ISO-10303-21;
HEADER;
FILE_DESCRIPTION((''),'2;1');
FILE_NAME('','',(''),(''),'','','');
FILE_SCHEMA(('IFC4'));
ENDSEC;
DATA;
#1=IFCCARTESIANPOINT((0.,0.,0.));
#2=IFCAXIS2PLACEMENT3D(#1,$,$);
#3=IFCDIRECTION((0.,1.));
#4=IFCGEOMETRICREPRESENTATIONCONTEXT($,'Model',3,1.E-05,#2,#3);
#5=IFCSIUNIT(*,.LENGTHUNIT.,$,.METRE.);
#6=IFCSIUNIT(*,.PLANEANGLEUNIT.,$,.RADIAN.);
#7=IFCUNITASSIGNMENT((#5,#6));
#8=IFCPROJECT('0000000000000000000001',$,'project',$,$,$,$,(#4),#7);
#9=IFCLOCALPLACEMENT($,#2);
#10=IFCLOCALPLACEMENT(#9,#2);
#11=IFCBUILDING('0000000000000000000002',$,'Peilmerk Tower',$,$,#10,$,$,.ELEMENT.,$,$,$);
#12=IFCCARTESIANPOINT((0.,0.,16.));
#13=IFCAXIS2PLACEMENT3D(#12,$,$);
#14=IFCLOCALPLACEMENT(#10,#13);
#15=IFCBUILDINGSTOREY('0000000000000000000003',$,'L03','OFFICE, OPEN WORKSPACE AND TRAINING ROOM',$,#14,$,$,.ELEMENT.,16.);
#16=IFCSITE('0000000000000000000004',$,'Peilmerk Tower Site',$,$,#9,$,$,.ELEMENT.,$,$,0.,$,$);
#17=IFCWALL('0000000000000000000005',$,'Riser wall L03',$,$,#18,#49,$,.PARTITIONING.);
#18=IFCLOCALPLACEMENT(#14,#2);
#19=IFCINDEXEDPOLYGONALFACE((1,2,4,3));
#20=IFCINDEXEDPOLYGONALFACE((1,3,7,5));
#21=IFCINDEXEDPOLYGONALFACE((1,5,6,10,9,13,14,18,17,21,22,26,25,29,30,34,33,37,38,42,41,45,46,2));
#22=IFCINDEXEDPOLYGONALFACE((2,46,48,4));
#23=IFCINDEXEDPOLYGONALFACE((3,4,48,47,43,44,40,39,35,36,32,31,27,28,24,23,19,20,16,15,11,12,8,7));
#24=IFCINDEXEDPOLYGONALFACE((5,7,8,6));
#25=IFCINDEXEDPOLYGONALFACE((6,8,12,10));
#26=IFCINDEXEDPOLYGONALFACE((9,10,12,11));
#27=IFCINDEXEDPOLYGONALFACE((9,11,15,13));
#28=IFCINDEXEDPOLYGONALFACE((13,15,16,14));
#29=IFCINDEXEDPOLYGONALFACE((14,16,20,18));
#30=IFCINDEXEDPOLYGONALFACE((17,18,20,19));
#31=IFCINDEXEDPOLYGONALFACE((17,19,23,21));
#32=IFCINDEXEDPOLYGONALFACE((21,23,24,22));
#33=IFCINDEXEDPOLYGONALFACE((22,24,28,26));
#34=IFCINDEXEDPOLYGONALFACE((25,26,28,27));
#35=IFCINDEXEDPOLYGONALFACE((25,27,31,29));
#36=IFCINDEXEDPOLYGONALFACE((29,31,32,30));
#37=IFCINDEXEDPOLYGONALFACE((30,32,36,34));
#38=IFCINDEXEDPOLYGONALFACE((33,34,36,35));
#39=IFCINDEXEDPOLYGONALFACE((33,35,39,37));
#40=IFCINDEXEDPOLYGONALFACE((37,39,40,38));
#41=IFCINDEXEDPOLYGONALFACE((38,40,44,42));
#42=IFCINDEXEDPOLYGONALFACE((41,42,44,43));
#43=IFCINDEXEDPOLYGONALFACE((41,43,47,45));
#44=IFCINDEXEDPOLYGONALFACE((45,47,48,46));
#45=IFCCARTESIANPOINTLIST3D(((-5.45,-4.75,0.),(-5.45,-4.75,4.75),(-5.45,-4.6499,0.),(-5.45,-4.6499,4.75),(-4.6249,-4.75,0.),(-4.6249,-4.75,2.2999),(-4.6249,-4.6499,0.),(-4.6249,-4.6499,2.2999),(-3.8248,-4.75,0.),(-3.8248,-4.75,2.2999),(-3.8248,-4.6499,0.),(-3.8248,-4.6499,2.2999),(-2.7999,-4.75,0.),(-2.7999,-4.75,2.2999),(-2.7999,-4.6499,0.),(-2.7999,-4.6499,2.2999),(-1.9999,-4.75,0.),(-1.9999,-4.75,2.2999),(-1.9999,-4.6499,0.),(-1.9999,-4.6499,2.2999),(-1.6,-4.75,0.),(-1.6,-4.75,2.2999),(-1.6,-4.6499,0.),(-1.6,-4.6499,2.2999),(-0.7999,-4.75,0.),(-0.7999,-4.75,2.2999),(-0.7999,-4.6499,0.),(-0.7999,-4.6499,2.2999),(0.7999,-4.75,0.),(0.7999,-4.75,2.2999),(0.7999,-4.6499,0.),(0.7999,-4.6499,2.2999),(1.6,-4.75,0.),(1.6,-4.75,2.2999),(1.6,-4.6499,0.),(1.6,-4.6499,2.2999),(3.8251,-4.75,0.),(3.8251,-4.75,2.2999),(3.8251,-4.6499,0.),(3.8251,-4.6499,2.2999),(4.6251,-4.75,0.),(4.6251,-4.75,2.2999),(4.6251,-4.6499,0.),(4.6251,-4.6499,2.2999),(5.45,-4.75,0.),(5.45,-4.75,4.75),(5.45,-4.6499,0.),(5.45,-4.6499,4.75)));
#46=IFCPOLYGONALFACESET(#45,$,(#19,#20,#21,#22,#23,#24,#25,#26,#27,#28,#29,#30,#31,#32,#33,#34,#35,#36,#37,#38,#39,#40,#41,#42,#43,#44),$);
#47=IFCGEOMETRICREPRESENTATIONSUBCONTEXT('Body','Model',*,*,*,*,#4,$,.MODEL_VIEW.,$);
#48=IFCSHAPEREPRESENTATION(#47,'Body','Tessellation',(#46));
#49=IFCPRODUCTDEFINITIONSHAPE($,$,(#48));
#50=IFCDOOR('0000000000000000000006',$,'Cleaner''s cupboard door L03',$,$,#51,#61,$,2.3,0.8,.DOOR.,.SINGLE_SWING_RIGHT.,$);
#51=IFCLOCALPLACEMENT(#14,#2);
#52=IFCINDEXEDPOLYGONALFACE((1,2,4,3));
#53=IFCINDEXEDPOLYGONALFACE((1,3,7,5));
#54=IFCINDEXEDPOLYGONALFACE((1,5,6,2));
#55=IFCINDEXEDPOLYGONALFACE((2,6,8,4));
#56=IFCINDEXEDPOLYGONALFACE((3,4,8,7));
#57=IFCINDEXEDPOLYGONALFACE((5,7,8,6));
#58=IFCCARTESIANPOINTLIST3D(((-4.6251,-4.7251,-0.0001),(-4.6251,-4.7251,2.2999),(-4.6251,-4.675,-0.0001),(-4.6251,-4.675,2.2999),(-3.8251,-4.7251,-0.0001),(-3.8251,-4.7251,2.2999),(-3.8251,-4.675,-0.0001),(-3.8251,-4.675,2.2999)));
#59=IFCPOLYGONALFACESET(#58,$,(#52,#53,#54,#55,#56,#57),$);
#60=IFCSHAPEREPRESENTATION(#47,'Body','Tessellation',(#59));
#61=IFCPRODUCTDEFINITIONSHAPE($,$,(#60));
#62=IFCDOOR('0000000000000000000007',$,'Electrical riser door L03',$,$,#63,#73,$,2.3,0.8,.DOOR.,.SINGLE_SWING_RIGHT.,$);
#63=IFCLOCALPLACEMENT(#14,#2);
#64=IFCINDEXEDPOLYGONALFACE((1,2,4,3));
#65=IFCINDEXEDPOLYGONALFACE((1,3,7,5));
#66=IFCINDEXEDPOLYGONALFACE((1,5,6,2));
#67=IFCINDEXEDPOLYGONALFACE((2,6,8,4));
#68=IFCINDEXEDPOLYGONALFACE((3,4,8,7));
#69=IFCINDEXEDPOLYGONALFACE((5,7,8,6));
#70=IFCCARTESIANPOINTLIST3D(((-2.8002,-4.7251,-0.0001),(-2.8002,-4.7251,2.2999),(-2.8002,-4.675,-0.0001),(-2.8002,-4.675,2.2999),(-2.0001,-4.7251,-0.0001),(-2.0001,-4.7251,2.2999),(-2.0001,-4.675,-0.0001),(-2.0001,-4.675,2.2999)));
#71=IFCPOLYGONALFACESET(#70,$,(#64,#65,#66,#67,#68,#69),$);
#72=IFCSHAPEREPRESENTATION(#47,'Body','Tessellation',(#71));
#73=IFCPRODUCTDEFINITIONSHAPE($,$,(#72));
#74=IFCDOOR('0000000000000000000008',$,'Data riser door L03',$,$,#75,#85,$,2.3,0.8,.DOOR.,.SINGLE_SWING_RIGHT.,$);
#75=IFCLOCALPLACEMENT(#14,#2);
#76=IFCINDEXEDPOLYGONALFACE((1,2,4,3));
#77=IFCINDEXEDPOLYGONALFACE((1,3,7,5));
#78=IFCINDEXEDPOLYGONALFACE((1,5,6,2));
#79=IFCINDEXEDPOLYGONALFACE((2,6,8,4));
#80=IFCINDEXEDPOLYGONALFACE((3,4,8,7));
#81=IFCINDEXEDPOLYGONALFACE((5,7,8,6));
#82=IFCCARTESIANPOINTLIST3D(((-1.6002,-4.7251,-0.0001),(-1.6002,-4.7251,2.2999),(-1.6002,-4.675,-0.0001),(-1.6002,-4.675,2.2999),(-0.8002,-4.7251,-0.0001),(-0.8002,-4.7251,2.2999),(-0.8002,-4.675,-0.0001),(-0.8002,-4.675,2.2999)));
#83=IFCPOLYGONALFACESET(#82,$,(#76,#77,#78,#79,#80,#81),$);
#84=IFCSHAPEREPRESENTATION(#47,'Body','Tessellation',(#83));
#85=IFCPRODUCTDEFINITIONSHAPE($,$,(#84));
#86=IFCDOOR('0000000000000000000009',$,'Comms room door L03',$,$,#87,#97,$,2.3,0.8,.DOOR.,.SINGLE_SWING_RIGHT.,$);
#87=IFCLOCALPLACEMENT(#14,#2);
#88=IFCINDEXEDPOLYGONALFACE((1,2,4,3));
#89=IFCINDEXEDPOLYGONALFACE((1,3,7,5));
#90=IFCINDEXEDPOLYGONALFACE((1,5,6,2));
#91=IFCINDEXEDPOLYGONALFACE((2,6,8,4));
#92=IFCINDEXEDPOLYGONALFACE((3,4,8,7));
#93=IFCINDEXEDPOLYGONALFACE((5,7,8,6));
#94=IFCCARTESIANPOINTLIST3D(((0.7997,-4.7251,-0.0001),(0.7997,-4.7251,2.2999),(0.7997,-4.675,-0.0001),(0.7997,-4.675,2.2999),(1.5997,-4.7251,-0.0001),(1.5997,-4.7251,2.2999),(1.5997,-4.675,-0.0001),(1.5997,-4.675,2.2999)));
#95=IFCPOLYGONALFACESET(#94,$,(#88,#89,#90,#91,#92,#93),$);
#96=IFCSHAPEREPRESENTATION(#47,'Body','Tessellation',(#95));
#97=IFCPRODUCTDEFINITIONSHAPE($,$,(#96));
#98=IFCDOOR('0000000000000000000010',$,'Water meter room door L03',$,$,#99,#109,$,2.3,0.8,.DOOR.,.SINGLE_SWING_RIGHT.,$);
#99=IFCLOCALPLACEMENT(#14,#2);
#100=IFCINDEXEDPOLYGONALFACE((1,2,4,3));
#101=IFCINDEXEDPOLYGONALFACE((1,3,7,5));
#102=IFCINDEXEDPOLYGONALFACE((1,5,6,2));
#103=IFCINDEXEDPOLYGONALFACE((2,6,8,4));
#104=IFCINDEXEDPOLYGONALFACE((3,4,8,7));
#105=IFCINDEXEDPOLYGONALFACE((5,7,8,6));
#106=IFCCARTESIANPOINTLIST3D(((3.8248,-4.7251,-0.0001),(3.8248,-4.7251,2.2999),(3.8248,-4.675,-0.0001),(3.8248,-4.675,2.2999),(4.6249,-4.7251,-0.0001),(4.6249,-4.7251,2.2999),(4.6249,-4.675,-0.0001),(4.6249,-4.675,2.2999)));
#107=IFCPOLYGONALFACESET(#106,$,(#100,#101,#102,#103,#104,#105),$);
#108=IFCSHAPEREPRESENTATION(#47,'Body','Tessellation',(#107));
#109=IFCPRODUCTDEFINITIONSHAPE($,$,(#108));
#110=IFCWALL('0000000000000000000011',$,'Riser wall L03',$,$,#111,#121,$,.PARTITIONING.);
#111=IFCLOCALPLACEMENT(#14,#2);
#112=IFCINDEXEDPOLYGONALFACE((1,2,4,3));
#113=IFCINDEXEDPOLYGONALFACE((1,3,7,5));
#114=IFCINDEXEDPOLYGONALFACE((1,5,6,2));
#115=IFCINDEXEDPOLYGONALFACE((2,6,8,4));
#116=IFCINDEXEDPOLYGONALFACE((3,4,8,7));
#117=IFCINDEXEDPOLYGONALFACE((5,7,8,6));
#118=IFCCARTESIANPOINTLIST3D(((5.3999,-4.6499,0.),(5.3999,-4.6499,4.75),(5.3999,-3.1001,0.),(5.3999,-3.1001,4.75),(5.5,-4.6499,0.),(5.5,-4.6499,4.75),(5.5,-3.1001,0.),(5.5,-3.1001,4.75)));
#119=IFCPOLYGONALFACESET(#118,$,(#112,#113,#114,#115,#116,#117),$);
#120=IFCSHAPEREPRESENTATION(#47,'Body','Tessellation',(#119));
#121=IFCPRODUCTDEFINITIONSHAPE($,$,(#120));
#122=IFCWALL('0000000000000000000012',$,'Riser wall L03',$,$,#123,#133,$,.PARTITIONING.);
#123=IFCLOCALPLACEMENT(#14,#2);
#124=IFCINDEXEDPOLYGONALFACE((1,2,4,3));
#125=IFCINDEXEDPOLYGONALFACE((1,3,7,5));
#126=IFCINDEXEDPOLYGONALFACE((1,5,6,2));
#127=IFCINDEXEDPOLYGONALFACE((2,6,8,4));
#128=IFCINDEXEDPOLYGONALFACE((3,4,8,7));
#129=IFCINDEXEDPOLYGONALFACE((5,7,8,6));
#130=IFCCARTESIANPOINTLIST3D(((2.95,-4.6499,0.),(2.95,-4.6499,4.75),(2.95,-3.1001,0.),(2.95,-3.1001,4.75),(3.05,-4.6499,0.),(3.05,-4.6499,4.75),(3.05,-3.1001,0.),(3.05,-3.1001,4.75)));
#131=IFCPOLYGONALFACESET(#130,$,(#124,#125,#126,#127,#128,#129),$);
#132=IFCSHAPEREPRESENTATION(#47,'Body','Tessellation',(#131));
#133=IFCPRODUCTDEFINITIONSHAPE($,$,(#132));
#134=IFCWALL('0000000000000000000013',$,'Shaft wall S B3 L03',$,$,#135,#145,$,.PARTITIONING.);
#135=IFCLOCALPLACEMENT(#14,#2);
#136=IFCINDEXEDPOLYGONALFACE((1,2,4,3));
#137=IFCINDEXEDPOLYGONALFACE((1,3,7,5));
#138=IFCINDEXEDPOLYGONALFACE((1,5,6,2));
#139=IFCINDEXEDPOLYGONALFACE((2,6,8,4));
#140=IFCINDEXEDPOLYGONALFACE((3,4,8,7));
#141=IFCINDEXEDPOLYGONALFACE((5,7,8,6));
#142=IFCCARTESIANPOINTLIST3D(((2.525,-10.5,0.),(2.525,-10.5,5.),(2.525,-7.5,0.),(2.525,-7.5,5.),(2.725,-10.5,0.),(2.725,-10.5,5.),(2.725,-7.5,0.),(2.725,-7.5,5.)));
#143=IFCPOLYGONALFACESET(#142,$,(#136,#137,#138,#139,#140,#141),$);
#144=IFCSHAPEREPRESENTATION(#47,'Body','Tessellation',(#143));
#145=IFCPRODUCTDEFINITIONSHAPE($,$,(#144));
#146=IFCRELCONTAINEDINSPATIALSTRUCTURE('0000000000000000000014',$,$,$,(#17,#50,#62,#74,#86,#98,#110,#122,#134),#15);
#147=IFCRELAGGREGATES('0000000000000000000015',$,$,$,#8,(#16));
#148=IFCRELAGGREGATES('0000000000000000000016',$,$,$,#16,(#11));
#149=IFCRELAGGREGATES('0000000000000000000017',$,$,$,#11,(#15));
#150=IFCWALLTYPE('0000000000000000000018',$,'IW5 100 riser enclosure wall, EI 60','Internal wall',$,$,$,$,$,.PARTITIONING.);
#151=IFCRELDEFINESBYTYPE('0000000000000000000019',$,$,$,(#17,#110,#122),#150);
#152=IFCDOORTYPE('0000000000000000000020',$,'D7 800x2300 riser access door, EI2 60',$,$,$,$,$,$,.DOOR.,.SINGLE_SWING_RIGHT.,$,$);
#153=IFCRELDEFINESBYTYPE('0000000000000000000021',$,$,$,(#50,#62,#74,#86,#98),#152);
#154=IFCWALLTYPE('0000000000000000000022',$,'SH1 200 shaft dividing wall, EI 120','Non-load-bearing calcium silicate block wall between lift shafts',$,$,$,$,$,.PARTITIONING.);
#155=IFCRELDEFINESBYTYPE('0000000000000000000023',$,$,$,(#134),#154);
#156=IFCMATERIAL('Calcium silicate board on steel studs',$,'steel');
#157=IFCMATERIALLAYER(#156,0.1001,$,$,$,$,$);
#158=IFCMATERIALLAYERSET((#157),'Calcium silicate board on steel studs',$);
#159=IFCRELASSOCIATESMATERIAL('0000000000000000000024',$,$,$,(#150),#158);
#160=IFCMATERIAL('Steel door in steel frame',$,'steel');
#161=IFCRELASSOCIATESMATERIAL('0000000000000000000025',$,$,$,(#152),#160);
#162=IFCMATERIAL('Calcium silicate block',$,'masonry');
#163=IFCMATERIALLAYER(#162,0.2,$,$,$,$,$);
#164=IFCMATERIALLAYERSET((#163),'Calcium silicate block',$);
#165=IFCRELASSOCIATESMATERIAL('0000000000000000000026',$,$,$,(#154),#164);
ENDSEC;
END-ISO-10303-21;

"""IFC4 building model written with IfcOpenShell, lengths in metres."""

from ifc_helpers import new_model, si_unit, direction, frame, frame_2d, origin, place, context, subcontext, project, spatial, rectangle, extrude, material, layer, layer_set, type_object, element, fill, save


model = new_model("IFC4")

# Units and contexts
model_context = context("Model", 3, precision=1e-05, world=origin(), true_north=direction((0.0, 1.0)))
body_context = subcontext(model_context, "Body", "Model", "MODEL_VIEW")
ifc_project = project(units=[si_unit("LENGTHUNIT", "METRE"), si_unit("PLANEANGLEUNIT", "RADIAN")], contexts=[model_context])

# Site, building, storey
site_placement = place(None, origin())
site = spatial("IfcSite", under=ifc_project, at=site_placement, Name="Peilmerk Tower Site", CompositionType="ELEMENT", RefElevation=0.0)
building_placement = place(site_placement, origin())
building = spatial("IfcBuilding", under=site, at=building_placement, Name="Peilmerk Tower", CompositionType="ELEMENT")
storey_placement = place(building_placement, frame((0.0, 0.0, 16.0)))
storey = spatial("IfcBuildingStorey", under=building, at=storey_placement, Name="L03", Description="OFFICE, OPEN WORKSPACE AND TRAINING ROOM", CompositionType="ELEMENT", Elevation=16.0)

# Shared definitions
ifc_material_1 = material(Name="Calcium silicate board on steel studs", Category="steel")
ifc_layer_1 = layer(ifc_material_1, 0.1001)
ifc_layer_set_1 = layer_set([ifc_layer_1], Name="Calcium silicate board on steel studs")
wall_type_1 = type_object("IfcWallType", Name="IW5 100 riser enclosure wall, EI 60", Description="Internal wall", PredefinedType="PARTITIONING", material=ifc_layer_set_1)

# Wall, openings, doors
wall_1_placement = place(storey_placement, frame((5.45, -4.7, 0.0), z_axis=(0.0, 0.0, 1.0), x_axis=(-1.0, 0.0, 0.0)))
wall_1 = element("IfcWall", 1, at=wall_1_placement, inside=storey, type_object=wall_type_1, Name="Riser wall L03", PredefinedType="PARTITIONING", context=body_context, shape_type="SweptSolid", body=[
    extrude(rectangle(XDim=10.8999, YDim=0.1001, at=frame_2d((5.45, 0.0))), origin(), (0.0, 0.0, 1.0), 4.75),
])
opening_1_placement = place(wall_1_placement, frame((9.2749, 0.0, 0.0)))
opening_1 = element("IfcOpeningElement", 2, at=opening_1_placement, cuts=wall_1, PredefinedType="OPENING", context=body_context, shape_type="SweptSolid", body=[
    extrude(rectangle(XDim=0.8, YDim=2.3, at=frame_2d((0.3999, 1.1499))), frame((0.0, 0.0601, 0.0), z_axis=(0.0, -1.0, 0.0), x_axis=(1.0, 0.0, 0.0)), (0.0, 0.0, 1.0), 0.1201),
])
opening_2_placement = place(wall_1_placement, frame((7.45, 0.0, 0.0)))
opening_2 = element("IfcOpeningElement", 3, at=opening_2_placement, cuts=wall_1, PredefinedType="OPENING", context=body_context, shape_type="SweptSolid", body=[
    extrude(rectangle(XDim=0.8, YDim=2.3, at=frame_2d((0.3999, 1.1499))), frame((0.0, 0.0601, 0.0), z_axis=(0.0, -1.0, 0.0), x_axis=(1.0, 0.0, 0.0)), (0.0, 0.0, 1.0), 0.1201),
])
opening_3_placement = place(wall_1_placement, frame((6.25, 0.0, 0.0)))
opening_3 = element("IfcOpeningElement", 4, at=opening_3_placement, cuts=wall_1, PredefinedType="OPENING", context=body_context, shape_type="SweptSolid", body=[
    extrude(rectangle(XDim=0.8, YDim=2.3, at=frame_2d((0.3999, 1.1499))), frame((0.0, 0.0601, 0.0), z_axis=(0.0, -1.0, 0.0), x_axis=(1.0, 0.0, 0.0)), (0.0, 0.0, 1.0), 0.1201),
])
opening_4_placement = place(wall_1_placement, frame((3.8501, 0.0, 0.0)))
opening_4 = element("IfcOpeningElement", 5, at=opening_4_placement, cuts=wall_1, PredefinedType="OPENING", context=body_context, shape_type="SweptSolid", body=[
    extrude(rectangle(XDim=0.8, YDim=2.3, at=frame_2d((0.3999, 1.1499))), frame((0.0, 0.0601, 0.0), z_axis=(0.0, -1.0, 0.0), x_axis=(1.0, 0.0, 0.0)), (0.0, 0.0, 1.0), 0.1201),
])
opening_5_placement = place(wall_1_placement, frame((0.825, 0.0, 0.0)))
opening_5 = element("IfcOpeningElement", 6, at=opening_5_placement, cuts=wall_1, PredefinedType="OPENING", context=body_context, shape_type="SweptSolid", body=[
    extrude(rectangle(XDim=0.8, YDim=2.3, at=frame_2d((0.3999, 1.1499))), frame((0.0, 0.0601, 0.0), z_axis=(0.0, -1.0, 0.0), x_axis=(1.0, 0.0, 0.0)), (0.0, 0.0, 1.0), 0.1201),
])
ifc_material_2 = material(Name="Steel door in steel frame", Category="steel")
door_type_1 = type_object("IfcDoorType", Name="D7 800x2300 riser access door, EI2 60", OperationType="SINGLE_SWING_RIGHT", PredefinedType="DOOR", material=ifc_material_2)
door_1_placement = place(opening_1_placement, frame((0.8, 0.0, 0.0), z_axis=(0.0, 0.0, 1.0), x_axis=(-1.0, 0.0, 0.0)))
door_1 = element("IfcDoor", 7, at=door_1_placement, inside=storey, type_object=door_type_1, Name="Cleaner's cupboard door L03", OperationType="SINGLE_SWING_RIGHT", OverallHeight=2.3, OverallWidth=0.8, PredefinedType="DOOR", context=body_context, shape_type="SweptSolid", body=[
    extrude(rectangle(XDim=0.8, YDim=2.3, at=frame_2d((0.3999, 1.1499))), frame((0.0, 0.0249, 0.0), z_axis=(0.0, -1.0, 0.0), x_axis=(1.0, 0.0, 0.0)), (0.0, 0.0, 1.0), 0.05),
])
fill(opening_1, door_1)
door_2_placement = place(opening_2_placement, frame((0.8, 0.0, 0.0), z_axis=(0.0, 0.0, 1.0), x_axis=(-1.0, 0.0, 0.0)))
door_2 = element("IfcDoor", 8, at=door_2_placement, inside=storey, type_object=door_type_1, Name="Electrical riser door L03", OperationType="SINGLE_SWING_RIGHT", OverallHeight=2.3, OverallWidth=0.8, PredefinedType="DOOR", context=body_context, shape_type="SweptSolid", body=[
    extrude(rectangle(XDim=0.8, YDim=2.3, at=frame_2d((0.3999, 1.1499))), frame((0.0, 0.0249, 0.0), z_axis=(0.0, -1.0, 0.0), x_axis=(1.0, 0.0, 0.0)), (0.0, 0.0, 1.0), 0.05),
])
fill(opening_2, door_2)
door_3_placement = place(opening_3_placement, frame((0.8, 0.0, 0.0), z_axis=(0.0, 0.0, 1.0), x_axis=(-1.0, 0.0, 0.0)))
door_3 = element("IfcDoor", 9, at=door_3_placement, inside=storey, type_object=door_type_1, Name="Data riser door L03", OperationType="SINGLE_SWING_RIGHT", OverallHeight=2.3, OverallWidth=0.8, PredefinedType="DOOR", context=body_context, shape_type="SweptSolid", body=[
    extrude(rectangle(XDim=0.8, YDim=2.3, at=frame_2d((0.3999, 1.1499))), frame((0.0, 0.0249, 0.0), z_axis=(0.0, -1.0, 0.0), x_axis=(1.0, 0.0, 0.0)), (0.0, 0.0, 1.0), 0.05),
])
fill(opening_3, door_3)
door_4_placement = place(opening_4_placement, frame((0.8, 0.0, 0.0), z_axis=(0.0, 0.0, 1.0), x_axis=(-1.0, 0.0, 0.0)))
door_4 = element("IfcDoor", 10, at=door_4_placement, inside=storey, type_object=door_type_1, Name="Comms room door L03", OperationType="SINGLE_SWING_RIGHT", OverallHeight=2.3, OverallWidth=0.8, PredefinedType="DOOR", context=body_context, shape_type="SweptSolid", body=[
    extrude(rectangle(XDim=0.8, YDim=2.3, at=frame_2d((0.3999, 1.1499))), frame((0.0, 0.0249, 0.0), z_axis=(0.0, -1.0, 0.0), x_axis=(1.0, 0.0, 0.0)), (0.0, 0.0, 1.0), 0.05),
])
fill(opening_4, door_4)
door_5_placement = place(opening_5_placement, frame((0.8, 0.0, 0.0), z_axis=(0.0, 0.0, 1.0), x_axis=(-1.0, 0.0, 0.0)))
door_5 = element("IfcDoor", 11, at=door_5_placement, inside=storey, type_object=door_type_1, Name="Water meter room door L03", OperationType="SINGLE_SWING_RIGHT", OverallHeight=2.3, OverallWidth=0.8, PredefinedType="DOOR", context=body_context, shape_type="SweptSolid", body=[
    extrude(rectangle(XDim=0.8, YDim=2.3, at=frame_2d((0.3999, 1.1499))), frame((0.0, 0.0249, 0.0), z_axis=(0.0, -1.0, 0.0), x_axis=(1.0, 0.0, 0.0)), (0.0, 0.0, 1.0), 0.05),
])
fill(opening_5, door_5)

# Walls
for number, where, z_axis, x_axis, name in (
    (12, (5.45, -3.1001, 0.0), (0.0, 0.0, 1.0), (0.0, -1.0, 0.0), "Riser wall L03"),
    (13, (3.0, -3.1001, 0.0), (0.0, 0.0, 1.0), (0.0, -1.0, 0.0), "Riser wall L03"),
):
    element("IfcWall", number, at=place(storey_placement, frame(where, z_axis=z_axis, x_axis=x_axis)), inside=storey, type_object=wall_type_1, Name=name, PredefinedType="PARTITIONING", context=body_context, shape_type="SweptSolid", body=[
        extrude(rectangle(XDim=1.5498, YDim=0.1001, at=frame_2d((0.7749, 0.0))), origin(), (0.0, 0.0, 1.0), 4.75),
    ])
ifc_material_3 = material(Name="Calcium silicate block", Category="masonry")
ifc_layer_2 = layer(ifc_material_3, 0.2)
ifc_layer_set_2 = layer_set([ifc_layer_2], Name="Calcium silicate block")
wall_type_2 = type_object("IfcWallType", Name="SH1 200 shaft dividing wall, EI 120", Description="Non-load-bearing calcium silicate block wall between lift shafts", PredefinedType="PARTITIONING", material=ifc_layer_set_2)
wall_2_placement = place(storey_placement, frame((2.625, -10.5, 0.0), z_axis=(0.0, 0.0, 1.0), x_axis=(0.0, 1.0, 0.0)))
element("IfcWall", 14, at=wall_2_placement, inside=storey, type_object=wall_type_2, Name="Shaft wall S B3 L03", PredefinedType="PARTITIONING", context=body_context, shape_type="SweptSolid", body=[
    extrude(rectangle(XDim=3.0, YDim=0.2, at=frame_2d((1.5, 0.0))), origin(), (0.0, 0.0, 1.0), 5.0),
])

save(model, "model.ifc")
